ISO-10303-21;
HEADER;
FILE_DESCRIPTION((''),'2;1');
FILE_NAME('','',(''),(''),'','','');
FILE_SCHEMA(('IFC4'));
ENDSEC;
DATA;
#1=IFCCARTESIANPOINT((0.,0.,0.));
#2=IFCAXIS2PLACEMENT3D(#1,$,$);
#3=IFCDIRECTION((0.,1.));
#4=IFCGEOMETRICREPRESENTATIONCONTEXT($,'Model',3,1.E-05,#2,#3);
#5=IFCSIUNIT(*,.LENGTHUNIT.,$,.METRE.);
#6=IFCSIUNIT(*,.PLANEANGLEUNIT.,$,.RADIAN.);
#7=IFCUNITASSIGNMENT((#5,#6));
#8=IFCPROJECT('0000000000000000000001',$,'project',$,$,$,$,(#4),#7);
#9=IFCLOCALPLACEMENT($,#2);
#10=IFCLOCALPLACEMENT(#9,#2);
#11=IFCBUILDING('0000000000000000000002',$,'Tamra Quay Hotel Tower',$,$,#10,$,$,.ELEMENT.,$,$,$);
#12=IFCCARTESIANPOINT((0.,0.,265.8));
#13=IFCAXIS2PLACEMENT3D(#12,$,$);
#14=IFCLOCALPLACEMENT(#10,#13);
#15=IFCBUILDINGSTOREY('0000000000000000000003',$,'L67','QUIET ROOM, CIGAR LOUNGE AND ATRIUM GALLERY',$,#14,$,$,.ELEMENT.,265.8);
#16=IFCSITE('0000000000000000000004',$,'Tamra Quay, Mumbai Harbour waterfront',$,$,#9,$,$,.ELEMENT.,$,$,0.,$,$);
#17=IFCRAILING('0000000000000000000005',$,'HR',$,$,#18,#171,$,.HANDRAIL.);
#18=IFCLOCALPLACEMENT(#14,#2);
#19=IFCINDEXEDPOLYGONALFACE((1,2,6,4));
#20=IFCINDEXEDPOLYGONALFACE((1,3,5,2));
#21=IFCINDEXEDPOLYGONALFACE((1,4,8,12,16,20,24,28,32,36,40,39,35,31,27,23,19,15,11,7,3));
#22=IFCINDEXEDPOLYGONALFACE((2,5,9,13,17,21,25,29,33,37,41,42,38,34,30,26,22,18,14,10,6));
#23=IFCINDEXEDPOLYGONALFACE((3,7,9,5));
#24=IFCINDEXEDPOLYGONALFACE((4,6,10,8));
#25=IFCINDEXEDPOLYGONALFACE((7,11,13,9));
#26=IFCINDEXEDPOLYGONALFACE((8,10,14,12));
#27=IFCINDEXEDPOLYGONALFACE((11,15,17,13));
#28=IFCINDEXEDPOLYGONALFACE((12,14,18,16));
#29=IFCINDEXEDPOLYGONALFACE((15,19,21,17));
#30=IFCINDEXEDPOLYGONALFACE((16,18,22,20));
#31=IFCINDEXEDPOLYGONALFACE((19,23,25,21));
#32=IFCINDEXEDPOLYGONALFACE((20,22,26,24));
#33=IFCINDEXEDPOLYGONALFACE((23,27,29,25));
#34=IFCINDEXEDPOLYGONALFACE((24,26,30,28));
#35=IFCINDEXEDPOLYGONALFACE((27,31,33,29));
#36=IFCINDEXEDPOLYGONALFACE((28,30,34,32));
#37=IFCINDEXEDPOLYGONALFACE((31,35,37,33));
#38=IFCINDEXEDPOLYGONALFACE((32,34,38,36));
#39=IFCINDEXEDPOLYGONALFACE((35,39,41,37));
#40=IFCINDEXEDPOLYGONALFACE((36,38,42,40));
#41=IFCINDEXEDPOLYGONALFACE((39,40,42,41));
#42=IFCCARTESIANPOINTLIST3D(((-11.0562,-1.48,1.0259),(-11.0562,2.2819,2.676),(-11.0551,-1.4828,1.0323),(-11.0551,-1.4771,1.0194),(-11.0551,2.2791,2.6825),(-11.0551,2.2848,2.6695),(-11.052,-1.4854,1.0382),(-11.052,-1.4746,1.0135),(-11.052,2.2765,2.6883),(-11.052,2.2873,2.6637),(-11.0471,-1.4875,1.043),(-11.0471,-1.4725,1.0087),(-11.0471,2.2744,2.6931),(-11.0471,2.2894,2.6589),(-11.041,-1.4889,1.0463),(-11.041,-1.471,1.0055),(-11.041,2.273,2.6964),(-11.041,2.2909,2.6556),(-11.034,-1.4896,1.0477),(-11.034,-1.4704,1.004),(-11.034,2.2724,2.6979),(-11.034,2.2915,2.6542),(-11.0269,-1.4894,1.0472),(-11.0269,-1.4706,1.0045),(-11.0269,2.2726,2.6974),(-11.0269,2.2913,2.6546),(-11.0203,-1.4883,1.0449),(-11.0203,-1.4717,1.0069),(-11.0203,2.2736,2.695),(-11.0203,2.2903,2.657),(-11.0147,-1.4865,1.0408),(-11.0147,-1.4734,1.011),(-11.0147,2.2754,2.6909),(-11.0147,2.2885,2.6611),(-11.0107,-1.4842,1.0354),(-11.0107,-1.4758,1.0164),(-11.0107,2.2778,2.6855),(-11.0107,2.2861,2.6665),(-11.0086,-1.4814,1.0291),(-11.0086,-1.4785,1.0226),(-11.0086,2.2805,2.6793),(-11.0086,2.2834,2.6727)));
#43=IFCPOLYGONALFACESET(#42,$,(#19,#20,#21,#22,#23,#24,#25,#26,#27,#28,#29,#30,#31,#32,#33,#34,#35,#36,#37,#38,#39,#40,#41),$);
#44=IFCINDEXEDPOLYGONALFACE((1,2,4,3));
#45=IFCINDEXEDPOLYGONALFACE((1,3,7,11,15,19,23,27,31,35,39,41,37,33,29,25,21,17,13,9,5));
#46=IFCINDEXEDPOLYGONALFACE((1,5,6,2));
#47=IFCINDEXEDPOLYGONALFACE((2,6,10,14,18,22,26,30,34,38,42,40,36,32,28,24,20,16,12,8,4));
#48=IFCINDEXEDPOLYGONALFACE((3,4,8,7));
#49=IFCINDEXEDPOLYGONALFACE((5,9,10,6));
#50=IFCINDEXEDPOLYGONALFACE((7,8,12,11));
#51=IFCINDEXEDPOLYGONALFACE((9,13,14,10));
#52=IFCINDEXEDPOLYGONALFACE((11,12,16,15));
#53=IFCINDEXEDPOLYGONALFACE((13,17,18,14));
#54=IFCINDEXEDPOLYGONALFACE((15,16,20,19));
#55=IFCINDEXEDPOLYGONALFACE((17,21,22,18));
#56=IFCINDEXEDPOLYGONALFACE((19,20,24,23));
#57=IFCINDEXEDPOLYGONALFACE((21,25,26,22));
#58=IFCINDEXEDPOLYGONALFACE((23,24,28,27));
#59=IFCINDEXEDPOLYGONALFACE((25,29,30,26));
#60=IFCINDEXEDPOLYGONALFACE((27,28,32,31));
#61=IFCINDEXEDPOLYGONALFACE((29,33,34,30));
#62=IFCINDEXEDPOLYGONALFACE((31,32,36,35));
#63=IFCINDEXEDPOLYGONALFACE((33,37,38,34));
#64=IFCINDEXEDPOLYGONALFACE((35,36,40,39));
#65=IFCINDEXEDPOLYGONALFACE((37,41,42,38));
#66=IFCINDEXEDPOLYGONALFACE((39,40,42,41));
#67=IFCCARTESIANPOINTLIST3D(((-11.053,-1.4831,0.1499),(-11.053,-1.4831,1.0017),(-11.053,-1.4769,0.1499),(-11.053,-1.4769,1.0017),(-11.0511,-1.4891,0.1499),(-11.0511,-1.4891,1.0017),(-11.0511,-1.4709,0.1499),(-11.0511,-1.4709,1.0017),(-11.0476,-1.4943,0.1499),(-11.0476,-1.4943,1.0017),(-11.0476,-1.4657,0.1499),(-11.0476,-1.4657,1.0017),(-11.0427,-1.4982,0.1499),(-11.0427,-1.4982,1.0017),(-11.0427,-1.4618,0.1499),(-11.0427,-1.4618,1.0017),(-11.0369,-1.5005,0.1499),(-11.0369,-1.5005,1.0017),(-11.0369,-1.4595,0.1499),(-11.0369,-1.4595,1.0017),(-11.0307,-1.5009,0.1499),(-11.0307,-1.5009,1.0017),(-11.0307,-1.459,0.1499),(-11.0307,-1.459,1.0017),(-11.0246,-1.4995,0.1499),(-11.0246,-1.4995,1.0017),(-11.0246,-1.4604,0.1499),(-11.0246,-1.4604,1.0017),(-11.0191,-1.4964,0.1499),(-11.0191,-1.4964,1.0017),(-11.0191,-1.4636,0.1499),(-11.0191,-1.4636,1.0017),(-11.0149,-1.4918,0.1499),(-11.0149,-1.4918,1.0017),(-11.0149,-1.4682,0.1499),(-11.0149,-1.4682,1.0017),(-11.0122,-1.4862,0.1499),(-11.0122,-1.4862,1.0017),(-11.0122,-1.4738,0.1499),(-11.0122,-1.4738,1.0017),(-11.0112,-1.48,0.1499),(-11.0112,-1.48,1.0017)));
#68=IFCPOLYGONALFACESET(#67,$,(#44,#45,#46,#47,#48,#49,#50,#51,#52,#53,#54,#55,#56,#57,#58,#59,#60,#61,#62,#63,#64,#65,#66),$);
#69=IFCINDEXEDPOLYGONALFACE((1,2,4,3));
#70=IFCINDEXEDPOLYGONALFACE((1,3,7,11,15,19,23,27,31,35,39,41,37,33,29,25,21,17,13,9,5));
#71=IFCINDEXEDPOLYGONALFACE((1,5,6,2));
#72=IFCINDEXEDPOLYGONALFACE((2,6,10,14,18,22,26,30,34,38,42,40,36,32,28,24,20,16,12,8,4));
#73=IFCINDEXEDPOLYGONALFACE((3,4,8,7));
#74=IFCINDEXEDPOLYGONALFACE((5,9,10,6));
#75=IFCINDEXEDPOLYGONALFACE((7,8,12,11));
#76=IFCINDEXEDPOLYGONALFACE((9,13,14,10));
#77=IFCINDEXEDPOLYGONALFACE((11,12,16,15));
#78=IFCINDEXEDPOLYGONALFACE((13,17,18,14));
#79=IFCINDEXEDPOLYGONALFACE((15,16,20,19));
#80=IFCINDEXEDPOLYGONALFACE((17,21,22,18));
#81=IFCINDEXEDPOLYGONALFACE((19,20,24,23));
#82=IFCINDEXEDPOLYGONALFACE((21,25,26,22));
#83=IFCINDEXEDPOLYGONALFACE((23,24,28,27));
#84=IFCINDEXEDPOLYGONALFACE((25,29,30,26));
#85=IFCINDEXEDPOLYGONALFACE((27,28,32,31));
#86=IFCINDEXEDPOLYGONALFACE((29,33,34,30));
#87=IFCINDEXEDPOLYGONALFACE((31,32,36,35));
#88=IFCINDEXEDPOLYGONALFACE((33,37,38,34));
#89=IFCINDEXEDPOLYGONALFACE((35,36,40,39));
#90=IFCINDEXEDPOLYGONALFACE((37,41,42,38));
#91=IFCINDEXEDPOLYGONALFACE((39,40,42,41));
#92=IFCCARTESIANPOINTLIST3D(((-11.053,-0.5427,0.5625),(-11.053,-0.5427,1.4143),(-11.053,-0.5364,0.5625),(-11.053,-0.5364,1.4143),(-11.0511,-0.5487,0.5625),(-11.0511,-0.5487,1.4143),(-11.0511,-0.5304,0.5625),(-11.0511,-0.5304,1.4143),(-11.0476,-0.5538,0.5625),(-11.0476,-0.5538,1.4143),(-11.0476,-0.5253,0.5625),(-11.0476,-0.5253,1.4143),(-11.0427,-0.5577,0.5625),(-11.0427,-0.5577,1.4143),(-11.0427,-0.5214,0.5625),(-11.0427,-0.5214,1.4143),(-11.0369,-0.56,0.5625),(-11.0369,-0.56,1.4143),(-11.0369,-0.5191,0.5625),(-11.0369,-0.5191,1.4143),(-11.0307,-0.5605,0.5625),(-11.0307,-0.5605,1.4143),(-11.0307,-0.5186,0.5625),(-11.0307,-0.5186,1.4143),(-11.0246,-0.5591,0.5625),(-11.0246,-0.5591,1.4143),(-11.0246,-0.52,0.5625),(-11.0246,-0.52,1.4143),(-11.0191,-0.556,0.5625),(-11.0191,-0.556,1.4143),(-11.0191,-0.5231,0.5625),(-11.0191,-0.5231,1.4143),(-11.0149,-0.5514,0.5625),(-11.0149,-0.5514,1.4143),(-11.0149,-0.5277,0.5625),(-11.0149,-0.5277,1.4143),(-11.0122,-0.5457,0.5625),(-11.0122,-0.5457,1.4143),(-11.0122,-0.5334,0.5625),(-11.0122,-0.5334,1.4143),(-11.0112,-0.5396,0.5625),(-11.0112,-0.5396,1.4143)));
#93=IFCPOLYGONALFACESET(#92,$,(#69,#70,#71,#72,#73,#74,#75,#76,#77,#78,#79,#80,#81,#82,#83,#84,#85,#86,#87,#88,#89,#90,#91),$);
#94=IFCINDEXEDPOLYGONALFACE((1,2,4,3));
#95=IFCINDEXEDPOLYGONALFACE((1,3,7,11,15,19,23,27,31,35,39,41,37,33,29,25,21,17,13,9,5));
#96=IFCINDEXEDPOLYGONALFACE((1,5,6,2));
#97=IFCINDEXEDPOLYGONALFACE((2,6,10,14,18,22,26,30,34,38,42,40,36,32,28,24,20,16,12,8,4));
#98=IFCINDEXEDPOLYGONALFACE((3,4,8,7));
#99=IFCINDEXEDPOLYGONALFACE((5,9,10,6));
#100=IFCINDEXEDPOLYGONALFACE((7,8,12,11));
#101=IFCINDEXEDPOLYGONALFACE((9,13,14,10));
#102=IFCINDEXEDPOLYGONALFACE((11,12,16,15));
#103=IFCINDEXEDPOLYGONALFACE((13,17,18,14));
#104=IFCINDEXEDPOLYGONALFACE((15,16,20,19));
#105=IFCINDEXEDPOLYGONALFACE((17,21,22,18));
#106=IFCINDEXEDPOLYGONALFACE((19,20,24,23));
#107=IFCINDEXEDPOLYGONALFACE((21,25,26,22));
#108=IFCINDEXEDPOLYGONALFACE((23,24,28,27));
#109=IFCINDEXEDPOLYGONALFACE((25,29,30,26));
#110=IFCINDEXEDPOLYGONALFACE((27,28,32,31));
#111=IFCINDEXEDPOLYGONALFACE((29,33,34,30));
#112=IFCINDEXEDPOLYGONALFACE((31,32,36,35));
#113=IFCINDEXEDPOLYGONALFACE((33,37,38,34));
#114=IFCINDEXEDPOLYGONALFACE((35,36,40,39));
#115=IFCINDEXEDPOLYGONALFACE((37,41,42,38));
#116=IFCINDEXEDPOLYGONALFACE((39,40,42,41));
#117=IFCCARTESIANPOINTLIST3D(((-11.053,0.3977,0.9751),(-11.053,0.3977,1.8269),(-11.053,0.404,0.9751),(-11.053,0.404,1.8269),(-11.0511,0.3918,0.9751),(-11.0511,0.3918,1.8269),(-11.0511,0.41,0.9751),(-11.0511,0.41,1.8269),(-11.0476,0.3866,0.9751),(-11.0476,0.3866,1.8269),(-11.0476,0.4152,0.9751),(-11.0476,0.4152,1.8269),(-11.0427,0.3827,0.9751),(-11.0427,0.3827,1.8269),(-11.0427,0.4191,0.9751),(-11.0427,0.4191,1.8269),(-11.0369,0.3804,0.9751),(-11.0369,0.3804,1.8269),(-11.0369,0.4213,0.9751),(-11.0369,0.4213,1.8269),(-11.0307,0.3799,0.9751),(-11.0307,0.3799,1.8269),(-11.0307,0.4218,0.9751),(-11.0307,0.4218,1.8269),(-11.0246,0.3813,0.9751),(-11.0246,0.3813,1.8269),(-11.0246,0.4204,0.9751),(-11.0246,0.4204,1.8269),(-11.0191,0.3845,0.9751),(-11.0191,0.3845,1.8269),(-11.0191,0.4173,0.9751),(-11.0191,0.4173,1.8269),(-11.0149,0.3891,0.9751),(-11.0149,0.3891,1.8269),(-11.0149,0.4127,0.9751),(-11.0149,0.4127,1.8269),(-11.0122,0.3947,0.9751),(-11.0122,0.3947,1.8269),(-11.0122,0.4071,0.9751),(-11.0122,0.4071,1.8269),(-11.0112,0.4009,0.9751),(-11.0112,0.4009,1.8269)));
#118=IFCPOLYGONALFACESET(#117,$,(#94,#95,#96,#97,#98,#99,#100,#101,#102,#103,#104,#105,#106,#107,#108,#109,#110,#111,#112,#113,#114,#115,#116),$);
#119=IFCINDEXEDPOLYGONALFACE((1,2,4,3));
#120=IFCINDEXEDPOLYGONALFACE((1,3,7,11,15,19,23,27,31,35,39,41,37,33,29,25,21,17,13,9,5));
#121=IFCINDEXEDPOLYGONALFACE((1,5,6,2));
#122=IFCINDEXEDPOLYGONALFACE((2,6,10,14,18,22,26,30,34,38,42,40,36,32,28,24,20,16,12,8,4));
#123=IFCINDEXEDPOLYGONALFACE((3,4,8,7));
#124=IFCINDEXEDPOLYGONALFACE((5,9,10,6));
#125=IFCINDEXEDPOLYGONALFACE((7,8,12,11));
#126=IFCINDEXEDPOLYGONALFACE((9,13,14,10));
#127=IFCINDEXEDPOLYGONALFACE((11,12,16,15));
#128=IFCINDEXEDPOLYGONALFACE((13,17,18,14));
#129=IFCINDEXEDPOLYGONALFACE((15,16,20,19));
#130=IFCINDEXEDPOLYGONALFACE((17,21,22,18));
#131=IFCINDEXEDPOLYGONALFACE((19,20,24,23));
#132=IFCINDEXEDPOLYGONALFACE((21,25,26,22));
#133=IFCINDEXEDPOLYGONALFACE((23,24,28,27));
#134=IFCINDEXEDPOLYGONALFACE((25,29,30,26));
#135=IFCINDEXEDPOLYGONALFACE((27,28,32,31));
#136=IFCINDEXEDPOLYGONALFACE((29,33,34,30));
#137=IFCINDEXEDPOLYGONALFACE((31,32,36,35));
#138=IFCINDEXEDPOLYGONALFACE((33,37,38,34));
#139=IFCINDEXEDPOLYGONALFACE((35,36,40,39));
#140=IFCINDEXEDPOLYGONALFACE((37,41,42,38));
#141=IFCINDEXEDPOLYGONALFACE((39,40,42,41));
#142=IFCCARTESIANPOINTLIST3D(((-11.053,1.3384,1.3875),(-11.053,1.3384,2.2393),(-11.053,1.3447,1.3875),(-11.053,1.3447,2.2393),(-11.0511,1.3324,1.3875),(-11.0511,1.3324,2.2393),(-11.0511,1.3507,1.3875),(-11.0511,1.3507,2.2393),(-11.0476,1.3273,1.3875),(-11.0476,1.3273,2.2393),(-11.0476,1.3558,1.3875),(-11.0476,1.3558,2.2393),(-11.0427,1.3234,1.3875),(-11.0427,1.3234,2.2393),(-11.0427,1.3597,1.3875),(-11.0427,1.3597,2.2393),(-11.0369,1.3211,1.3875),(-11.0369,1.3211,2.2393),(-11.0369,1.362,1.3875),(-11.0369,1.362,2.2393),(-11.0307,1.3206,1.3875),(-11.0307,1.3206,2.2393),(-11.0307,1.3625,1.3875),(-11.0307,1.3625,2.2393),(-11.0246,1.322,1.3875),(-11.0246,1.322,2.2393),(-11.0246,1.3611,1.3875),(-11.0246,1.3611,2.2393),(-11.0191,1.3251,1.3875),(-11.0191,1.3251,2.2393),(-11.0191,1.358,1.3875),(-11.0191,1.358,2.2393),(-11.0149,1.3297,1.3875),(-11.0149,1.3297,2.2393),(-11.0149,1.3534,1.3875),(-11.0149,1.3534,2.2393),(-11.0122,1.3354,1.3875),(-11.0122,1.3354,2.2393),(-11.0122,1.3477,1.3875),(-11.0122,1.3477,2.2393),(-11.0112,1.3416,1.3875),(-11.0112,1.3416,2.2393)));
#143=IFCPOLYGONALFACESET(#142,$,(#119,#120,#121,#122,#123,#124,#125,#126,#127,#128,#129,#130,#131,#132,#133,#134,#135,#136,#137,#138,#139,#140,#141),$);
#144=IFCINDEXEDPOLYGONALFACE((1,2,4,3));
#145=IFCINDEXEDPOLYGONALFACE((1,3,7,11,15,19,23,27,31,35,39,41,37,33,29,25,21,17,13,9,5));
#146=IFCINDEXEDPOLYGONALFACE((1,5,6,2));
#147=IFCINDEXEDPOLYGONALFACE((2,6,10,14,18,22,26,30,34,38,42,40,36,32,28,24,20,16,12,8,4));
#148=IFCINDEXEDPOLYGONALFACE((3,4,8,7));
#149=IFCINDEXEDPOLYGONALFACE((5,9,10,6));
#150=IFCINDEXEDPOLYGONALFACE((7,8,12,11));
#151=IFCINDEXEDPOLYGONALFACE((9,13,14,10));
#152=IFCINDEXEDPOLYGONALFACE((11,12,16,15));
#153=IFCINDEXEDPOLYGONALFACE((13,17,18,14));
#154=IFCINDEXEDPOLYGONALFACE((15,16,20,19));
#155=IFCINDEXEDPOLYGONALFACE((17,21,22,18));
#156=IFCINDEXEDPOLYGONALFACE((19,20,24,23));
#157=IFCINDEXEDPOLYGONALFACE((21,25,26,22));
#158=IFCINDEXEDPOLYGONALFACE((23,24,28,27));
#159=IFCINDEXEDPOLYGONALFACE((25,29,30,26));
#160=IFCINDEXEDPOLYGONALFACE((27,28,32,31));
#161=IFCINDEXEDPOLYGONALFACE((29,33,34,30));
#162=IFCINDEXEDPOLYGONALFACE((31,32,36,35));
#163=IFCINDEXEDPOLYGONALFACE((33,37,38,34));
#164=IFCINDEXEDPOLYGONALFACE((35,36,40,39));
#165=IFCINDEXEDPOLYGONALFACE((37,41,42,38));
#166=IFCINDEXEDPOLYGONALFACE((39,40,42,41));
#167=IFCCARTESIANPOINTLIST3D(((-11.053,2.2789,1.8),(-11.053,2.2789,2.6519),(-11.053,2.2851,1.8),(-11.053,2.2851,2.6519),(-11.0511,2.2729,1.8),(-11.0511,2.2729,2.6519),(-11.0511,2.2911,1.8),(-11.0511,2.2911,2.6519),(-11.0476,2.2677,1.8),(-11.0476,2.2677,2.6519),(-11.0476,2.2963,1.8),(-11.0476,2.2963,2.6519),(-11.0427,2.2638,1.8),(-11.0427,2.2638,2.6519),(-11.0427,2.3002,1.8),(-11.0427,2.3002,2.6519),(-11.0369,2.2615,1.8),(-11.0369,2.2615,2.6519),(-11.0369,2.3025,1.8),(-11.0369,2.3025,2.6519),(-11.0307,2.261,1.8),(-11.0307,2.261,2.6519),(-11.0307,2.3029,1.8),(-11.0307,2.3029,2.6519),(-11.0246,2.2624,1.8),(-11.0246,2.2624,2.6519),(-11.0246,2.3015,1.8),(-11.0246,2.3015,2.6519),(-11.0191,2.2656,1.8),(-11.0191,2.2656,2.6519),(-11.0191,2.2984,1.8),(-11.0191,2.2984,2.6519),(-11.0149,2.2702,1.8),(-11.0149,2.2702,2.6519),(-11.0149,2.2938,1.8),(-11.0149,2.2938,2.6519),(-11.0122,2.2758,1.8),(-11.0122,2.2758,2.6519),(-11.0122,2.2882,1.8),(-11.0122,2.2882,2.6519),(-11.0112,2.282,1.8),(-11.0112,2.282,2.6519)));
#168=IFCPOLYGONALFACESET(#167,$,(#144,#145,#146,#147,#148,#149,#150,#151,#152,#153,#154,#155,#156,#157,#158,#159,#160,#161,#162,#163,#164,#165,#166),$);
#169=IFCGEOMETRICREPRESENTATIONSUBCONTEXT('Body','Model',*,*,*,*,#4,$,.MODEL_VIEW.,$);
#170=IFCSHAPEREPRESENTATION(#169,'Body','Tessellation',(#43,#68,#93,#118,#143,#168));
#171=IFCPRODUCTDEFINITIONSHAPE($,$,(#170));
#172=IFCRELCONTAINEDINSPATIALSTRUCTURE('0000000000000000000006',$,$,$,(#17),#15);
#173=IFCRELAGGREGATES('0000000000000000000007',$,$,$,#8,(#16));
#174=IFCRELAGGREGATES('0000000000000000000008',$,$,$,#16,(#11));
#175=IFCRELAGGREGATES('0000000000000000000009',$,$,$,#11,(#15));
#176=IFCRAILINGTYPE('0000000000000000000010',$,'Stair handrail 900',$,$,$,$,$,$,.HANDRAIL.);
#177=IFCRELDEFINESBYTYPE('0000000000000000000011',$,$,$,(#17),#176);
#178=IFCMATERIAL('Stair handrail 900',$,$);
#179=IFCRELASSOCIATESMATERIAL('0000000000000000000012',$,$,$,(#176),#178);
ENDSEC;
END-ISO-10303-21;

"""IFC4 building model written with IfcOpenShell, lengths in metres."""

from ifc_helpers import new_model, si_unit, direction, frame, origin, origin_2d, place, context, subcontext, project, spatial, circle, extrude, material, type_object, element, save


model = new_model("IFC4")

# Units and contexts
model_context = context("Model", 3, precision=1e-05, world=origin(), true_north=direction((0.0, 1.0)))
body_context = subcontext(model_context, "Body", "Model", "MODEL_VIEW")
ifc_project = project(units=[si_unit("LENGTHUNIT", "METRE"), si_unit("PLANEANGLEUNIT", "RADIAN")], contexts=[model_context])

# Site, building, storey
site_placement = place(None, origin())
site = spatial("IfcSite", under=ifc_project, at=site_placement, Name="Tamra Quay, Mumbai Harbour waterfront", CompositionType="ELEMENT", RefElevation=0.0)
building_placement = place(site_placement, origin())
building = spatial("IfcBuilding", under=site, at=building_placement, Name="Tamra Quay Hotel Tower", CompositionType="ELEMENT")
storey_placement = place(building_placement, frame((0.0, 0.0, 265.8)))
storey = spatial("IfcBuildingStorey", under=building, at=storey_placement, Name="L67", Description="QUIET ROOM, CIGAR LOUNGE AND ATRIUM GALLERY", CompositionType="ELEMENT", Elevation=265.8)

# Railing
ifc_material_1 = material(Name="Stair handrail 900")
railing_type_1 = type_object("IfcRailingType", Name="Stair handrail 900", PredefinedType="HANDRAIL", material=ifc_material_1)
railing_1_placement = place(storey_placement, frame((-11.0322, -1.48, 0.1499)))
element("IfcRailing", 1, at=railing_1_placement, inside=storey, type_object=railing_type_1, Name="HR", PredefinedType="HANDRAIL", context=body_context, shape_type="SweptSolid", body=[
    extrude(circle(Radius=0.0239, at=origin_2d()), frame((0.0, 0.0, 0.876), z_axis=(0.0, 0.915774, 0.401695), x_axis=(-1.0, 0.0, 0.0)), (0.0, 0.0, 1.0), 4.1079),
    extrude(circle(Radius=0.021, at=origin_2d()), origin(), (0.0, 0.0, 1.0), 0.8518),
    extrude(circle(Radius=0.021, at=origin_2d()), frame((0.0, 0.9404, 0.4126)), (0.0, 0.0, 1.0), 0.8518),
    extrude(circle(Radius=0.021, at=origin_2d()), frame((0.0, 1.8809, 0.8252)), (0.0, 0.0, 1.0), 0.8518),
    extrude(circle(Radius=0.021, at=origin_2d()), frame((0.0, 2.8215, 1.2375)), (0.0, 0.0, 1.0), 0.8518),
    extrude(circle(Radius=0.021, at=origin_2d()), frame((0.0, 3.762, 1.6501)), (0.0, 0.0, 1.0), 0.8518),
])

save(model, "model.ifc")
